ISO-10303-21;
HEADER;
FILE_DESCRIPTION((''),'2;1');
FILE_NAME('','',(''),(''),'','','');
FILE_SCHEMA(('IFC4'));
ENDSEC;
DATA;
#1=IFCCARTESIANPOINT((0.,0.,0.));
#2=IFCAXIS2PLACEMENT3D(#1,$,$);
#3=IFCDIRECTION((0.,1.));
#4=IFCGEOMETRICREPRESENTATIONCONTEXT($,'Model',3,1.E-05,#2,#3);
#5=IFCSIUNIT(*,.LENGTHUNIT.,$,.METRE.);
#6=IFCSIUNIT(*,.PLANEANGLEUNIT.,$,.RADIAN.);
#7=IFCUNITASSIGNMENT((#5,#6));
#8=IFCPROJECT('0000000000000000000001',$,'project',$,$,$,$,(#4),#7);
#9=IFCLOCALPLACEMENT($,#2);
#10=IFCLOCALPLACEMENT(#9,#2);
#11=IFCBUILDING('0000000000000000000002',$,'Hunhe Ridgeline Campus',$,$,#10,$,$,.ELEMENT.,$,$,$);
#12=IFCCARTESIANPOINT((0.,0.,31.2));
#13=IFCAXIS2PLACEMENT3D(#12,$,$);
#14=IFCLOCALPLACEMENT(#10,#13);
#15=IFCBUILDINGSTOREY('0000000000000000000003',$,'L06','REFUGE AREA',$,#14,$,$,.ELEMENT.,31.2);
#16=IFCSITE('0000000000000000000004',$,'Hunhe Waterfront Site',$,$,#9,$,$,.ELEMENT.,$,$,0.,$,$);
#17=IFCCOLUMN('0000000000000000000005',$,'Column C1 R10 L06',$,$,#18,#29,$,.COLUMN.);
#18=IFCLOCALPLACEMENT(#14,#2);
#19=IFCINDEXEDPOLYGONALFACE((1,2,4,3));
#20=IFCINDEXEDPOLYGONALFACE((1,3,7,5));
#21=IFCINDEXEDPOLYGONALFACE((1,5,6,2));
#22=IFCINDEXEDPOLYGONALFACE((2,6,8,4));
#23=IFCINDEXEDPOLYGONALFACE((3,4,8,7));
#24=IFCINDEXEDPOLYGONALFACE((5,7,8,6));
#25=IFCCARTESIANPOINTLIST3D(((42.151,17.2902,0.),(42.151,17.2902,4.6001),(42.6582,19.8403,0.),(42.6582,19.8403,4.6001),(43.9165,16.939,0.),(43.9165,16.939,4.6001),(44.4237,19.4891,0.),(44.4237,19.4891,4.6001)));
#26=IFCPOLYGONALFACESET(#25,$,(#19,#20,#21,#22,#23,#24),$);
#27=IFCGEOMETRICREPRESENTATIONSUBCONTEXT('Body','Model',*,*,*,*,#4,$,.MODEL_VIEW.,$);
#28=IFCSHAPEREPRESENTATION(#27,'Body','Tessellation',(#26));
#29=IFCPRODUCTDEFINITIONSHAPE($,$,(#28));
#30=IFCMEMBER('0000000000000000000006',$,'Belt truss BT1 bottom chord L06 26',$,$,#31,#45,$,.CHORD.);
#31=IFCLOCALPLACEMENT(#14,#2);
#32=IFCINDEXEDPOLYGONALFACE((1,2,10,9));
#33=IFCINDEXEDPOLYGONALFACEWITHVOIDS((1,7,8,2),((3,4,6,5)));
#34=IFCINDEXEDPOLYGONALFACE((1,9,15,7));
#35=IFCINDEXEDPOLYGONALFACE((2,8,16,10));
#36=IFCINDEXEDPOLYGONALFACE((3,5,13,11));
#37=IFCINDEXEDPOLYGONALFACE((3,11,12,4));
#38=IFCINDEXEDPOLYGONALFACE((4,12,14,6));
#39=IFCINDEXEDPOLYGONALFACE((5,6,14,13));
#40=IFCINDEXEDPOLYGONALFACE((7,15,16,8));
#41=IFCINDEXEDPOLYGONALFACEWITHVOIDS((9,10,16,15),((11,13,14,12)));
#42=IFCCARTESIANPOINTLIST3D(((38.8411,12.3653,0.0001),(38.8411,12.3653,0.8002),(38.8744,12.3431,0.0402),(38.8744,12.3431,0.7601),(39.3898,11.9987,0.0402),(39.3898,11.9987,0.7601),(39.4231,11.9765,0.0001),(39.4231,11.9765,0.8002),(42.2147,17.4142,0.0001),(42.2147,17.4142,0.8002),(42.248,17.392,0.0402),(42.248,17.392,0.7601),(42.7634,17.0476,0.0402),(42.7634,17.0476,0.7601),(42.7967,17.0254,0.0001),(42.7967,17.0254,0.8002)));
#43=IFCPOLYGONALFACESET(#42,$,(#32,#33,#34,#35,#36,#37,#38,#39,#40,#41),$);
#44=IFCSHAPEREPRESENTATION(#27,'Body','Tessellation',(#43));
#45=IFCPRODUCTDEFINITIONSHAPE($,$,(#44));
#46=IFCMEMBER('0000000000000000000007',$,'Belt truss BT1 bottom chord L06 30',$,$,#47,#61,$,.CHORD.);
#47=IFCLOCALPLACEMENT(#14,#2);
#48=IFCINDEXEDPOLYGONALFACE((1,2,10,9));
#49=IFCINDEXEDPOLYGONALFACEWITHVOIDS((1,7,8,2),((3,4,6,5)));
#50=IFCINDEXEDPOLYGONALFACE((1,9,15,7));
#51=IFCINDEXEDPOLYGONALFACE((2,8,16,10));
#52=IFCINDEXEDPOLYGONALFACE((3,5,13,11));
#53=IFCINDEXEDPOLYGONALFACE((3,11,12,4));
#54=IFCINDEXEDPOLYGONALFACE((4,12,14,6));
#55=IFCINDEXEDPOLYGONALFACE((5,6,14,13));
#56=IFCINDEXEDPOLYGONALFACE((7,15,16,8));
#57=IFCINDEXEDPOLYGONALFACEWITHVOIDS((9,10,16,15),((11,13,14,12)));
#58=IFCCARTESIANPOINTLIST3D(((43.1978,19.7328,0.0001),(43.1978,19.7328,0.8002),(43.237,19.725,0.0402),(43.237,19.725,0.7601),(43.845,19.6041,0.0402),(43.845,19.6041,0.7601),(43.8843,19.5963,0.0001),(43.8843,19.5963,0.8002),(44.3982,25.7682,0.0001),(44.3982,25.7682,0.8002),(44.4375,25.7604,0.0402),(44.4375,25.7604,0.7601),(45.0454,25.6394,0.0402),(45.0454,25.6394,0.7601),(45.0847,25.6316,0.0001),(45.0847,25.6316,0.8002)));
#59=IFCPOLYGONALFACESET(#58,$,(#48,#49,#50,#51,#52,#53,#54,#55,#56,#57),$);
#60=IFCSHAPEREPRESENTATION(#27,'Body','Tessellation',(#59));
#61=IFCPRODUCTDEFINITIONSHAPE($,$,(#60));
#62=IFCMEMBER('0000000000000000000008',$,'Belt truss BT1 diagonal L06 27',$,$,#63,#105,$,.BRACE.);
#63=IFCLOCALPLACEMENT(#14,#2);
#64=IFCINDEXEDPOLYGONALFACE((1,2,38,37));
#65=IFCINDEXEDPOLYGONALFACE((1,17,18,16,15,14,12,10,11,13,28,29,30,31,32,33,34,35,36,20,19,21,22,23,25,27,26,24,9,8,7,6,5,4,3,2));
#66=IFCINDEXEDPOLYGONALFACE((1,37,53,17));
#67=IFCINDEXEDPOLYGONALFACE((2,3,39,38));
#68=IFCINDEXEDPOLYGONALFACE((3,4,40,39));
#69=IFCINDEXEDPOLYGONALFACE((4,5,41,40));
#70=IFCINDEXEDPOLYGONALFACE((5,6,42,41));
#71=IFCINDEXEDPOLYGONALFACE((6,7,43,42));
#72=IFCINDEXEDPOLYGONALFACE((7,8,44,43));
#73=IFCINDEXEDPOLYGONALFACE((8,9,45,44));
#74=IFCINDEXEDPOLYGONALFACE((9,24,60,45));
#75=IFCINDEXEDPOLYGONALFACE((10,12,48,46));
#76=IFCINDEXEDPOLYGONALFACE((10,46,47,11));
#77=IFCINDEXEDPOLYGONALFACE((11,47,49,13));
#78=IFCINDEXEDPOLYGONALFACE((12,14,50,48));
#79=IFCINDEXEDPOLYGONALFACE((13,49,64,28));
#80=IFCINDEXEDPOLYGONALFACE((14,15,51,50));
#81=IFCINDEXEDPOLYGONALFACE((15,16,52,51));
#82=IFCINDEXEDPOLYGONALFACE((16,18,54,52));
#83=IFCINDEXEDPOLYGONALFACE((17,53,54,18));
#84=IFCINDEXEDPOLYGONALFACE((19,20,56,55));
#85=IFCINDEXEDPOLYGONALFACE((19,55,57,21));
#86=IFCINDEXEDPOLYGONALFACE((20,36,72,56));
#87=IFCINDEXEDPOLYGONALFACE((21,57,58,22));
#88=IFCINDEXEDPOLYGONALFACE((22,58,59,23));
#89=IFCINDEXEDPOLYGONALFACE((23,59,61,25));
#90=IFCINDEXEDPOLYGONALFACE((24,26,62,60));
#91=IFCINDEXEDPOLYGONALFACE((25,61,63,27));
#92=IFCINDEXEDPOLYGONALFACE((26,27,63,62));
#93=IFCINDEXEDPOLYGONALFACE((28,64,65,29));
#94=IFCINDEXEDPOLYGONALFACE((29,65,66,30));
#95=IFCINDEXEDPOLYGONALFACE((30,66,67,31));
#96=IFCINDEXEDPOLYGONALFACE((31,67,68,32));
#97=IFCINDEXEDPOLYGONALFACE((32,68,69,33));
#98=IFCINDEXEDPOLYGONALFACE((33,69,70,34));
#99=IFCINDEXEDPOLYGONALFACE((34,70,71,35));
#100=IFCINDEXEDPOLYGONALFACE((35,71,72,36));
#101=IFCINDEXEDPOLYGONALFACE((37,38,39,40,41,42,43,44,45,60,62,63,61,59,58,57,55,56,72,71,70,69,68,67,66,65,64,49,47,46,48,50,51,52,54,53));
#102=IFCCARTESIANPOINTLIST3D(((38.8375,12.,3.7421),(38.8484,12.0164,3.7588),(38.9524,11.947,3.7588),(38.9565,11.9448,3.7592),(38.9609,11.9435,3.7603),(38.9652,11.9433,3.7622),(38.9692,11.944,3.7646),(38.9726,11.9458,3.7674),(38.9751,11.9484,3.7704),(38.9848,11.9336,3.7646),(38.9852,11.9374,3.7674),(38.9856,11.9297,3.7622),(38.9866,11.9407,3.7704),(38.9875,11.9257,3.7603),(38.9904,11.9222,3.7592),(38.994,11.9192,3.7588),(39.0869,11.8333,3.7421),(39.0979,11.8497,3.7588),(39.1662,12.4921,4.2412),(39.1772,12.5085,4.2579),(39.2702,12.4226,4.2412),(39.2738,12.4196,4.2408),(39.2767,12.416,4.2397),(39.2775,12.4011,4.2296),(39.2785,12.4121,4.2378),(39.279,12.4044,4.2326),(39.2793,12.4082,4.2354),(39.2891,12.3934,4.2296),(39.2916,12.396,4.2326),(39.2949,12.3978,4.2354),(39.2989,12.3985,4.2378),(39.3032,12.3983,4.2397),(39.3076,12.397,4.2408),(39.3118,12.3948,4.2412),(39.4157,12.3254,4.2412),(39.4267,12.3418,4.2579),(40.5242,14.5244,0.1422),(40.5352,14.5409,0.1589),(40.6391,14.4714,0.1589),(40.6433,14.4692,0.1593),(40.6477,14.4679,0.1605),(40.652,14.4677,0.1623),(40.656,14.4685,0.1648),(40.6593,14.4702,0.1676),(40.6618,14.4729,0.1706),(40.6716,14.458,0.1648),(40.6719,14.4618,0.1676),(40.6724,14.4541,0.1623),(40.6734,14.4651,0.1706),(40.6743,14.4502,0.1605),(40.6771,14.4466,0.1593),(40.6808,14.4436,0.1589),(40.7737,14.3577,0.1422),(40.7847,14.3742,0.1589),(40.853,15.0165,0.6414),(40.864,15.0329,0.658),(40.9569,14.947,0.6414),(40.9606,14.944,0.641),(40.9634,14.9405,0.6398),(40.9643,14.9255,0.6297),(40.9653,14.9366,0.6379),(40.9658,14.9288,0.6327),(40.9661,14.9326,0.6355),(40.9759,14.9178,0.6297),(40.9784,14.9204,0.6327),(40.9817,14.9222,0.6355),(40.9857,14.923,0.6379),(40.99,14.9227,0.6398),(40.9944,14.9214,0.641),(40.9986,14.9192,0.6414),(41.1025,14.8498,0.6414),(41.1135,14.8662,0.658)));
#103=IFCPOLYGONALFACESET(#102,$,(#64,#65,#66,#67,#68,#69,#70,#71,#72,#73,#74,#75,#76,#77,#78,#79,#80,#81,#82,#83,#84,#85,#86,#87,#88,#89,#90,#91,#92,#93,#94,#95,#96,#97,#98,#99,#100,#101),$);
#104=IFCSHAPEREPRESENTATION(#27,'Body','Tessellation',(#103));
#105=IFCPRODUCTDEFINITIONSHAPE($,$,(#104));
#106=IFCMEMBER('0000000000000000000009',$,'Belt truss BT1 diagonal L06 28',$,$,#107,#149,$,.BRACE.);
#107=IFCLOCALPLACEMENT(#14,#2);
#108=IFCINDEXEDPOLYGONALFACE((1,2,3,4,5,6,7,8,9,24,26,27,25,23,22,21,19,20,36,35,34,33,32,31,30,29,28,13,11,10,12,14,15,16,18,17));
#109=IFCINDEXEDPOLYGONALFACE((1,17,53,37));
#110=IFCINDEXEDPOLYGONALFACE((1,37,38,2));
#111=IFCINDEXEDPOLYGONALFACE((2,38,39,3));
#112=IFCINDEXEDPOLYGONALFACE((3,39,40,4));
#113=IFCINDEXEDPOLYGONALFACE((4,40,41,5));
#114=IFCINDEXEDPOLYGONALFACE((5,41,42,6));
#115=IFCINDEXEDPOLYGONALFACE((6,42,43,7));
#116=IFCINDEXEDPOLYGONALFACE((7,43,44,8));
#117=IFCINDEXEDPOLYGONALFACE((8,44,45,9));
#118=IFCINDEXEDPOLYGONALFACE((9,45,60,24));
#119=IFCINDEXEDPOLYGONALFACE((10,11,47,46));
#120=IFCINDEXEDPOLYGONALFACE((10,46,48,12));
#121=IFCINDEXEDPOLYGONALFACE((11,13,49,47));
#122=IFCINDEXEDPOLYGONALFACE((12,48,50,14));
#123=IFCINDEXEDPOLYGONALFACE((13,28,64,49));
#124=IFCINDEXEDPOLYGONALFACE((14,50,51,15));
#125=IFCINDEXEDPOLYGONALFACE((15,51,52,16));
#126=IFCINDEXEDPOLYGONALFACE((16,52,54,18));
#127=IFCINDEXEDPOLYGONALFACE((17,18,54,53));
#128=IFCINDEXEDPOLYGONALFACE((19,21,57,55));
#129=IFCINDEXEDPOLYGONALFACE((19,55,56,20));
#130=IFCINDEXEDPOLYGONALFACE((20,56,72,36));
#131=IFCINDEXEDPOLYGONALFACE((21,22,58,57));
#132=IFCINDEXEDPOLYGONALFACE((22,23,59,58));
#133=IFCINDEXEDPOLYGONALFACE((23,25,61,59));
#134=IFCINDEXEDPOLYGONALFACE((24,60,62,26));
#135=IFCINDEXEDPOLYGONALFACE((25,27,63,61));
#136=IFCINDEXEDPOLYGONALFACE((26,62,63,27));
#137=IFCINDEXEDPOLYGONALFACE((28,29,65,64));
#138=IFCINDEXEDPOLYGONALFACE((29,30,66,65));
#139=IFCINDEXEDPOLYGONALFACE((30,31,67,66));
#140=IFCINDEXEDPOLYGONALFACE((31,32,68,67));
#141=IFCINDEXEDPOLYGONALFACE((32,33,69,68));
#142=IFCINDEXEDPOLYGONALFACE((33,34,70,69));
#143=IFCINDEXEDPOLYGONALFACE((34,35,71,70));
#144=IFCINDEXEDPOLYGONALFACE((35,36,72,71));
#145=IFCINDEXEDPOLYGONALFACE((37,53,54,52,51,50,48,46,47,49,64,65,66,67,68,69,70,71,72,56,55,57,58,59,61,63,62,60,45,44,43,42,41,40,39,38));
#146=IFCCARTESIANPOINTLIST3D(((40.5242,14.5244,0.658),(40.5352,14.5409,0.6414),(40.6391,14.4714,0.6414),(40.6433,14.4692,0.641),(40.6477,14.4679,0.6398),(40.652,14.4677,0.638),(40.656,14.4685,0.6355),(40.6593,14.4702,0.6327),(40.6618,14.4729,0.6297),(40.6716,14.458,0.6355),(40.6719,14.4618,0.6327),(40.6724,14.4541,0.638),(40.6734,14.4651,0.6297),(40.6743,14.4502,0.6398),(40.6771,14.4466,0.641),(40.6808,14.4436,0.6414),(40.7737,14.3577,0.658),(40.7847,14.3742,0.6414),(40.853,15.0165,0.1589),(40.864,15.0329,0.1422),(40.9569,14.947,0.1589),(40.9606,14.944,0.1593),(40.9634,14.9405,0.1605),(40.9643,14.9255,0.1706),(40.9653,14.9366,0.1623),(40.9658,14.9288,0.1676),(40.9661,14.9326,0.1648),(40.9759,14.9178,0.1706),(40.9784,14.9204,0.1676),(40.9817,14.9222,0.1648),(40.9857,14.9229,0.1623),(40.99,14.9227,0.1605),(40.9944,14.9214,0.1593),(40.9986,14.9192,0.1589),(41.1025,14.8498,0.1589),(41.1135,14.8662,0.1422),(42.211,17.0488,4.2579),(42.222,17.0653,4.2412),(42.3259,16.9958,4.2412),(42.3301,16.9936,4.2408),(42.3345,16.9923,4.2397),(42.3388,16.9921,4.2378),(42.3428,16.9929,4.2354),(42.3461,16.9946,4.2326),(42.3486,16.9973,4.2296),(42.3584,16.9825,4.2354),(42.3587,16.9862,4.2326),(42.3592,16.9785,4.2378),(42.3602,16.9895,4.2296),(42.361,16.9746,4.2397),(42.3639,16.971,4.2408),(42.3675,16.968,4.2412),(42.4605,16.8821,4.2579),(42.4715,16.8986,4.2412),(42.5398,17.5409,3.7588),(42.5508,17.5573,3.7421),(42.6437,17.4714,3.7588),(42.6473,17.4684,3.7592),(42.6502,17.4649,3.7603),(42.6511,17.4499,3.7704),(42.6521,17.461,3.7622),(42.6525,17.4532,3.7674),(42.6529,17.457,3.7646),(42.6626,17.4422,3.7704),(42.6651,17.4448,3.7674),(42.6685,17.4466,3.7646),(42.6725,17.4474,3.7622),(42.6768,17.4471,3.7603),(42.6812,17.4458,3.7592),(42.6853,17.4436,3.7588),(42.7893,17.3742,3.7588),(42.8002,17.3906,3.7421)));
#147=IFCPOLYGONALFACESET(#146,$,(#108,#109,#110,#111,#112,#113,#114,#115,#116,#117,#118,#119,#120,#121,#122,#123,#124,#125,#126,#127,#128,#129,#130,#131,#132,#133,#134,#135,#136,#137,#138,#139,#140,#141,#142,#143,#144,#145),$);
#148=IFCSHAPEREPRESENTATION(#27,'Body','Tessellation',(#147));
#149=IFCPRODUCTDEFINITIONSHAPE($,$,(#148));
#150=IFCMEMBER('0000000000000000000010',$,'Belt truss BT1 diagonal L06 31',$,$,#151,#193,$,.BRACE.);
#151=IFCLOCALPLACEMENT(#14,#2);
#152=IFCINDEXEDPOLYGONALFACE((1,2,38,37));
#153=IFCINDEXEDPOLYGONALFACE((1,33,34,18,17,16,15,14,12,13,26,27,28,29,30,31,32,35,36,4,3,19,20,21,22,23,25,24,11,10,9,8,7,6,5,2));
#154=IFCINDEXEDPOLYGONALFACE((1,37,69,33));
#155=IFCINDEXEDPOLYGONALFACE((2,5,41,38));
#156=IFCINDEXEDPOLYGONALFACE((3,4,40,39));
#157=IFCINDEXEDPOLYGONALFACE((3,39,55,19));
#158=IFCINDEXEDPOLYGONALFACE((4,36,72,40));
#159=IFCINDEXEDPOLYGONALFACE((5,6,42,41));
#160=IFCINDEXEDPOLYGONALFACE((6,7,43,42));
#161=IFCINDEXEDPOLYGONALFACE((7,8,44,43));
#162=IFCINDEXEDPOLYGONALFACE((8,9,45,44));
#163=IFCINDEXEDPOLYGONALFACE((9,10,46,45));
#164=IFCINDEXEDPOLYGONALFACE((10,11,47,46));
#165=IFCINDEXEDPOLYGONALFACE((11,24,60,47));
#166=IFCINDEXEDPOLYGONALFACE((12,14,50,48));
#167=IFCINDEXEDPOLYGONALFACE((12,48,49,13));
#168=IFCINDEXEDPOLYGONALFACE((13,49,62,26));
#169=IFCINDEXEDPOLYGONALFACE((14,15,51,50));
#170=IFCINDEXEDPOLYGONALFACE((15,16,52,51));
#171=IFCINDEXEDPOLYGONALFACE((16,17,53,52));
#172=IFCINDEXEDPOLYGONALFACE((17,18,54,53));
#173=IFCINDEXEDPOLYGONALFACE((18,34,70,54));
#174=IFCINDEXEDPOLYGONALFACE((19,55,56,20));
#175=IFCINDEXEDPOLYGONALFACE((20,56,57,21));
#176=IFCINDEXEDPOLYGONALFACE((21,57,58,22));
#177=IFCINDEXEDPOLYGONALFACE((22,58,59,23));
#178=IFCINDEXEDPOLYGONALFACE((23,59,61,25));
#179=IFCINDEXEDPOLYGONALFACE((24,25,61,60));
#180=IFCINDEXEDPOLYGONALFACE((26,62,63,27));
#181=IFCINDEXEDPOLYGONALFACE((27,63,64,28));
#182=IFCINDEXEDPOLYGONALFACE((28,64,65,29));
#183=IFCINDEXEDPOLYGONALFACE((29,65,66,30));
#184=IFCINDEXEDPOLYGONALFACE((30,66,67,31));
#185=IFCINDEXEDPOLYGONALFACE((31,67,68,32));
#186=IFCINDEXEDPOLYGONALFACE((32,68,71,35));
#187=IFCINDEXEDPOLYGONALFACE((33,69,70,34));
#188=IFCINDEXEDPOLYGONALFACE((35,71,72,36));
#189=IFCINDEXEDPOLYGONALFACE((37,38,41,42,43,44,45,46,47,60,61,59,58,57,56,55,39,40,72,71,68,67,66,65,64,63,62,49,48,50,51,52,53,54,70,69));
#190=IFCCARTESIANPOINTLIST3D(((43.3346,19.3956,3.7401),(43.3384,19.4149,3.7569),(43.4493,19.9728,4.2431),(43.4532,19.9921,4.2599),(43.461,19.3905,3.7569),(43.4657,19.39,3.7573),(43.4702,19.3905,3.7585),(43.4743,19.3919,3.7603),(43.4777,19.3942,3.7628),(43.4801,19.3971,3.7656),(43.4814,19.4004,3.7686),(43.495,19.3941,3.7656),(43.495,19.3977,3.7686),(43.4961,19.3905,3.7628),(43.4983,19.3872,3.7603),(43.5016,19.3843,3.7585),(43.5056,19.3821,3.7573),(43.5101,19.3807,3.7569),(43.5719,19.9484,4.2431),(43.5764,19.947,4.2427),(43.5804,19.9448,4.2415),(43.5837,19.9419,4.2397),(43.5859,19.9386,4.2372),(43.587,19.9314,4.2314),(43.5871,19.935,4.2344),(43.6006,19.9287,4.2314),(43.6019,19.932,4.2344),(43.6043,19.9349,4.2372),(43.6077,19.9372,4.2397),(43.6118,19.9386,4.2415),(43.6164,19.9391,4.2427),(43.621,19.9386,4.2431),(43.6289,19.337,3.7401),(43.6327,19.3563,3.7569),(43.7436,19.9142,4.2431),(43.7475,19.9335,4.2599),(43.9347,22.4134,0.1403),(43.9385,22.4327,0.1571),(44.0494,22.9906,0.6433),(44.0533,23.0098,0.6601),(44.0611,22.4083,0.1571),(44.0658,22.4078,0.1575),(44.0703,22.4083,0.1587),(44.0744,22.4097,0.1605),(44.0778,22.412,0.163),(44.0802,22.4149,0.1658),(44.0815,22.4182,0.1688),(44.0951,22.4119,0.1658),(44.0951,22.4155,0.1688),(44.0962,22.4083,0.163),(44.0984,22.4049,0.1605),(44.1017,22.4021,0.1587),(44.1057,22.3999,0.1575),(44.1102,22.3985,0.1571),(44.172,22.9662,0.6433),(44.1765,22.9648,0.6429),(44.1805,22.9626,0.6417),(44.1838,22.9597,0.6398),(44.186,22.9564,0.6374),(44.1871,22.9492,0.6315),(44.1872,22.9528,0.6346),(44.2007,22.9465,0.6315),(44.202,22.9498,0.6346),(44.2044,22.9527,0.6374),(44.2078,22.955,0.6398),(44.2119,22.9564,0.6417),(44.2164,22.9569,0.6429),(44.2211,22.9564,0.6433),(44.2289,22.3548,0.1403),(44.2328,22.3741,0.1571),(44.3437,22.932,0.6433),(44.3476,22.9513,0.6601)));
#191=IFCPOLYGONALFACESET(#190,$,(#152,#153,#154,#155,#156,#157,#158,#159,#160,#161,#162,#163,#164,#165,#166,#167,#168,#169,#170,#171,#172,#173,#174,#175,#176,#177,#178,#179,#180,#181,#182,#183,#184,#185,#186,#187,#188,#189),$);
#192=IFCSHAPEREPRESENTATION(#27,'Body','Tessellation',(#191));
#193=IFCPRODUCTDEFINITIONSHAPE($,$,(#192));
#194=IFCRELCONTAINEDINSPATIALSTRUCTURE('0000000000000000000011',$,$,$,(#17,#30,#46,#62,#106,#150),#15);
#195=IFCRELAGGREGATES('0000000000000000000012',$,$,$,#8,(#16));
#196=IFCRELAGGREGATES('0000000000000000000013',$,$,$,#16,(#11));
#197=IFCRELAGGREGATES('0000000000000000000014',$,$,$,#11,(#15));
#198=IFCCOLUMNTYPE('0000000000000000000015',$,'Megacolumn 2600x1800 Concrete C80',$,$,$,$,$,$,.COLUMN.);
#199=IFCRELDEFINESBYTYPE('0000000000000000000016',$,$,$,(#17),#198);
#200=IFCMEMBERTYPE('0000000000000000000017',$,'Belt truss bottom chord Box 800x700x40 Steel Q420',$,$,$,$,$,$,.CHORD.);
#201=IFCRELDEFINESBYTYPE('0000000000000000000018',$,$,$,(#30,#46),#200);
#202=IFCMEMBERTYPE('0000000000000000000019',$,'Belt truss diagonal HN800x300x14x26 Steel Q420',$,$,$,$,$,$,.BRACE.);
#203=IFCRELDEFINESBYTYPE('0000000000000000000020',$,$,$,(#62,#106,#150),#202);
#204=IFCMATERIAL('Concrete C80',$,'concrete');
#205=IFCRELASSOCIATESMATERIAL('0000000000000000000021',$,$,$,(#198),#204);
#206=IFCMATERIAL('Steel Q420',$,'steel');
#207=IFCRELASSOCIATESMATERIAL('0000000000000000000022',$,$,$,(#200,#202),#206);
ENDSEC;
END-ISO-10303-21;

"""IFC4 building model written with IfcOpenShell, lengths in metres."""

from ifc_helpers import new_model, si_unit, direction, frame, origin, origin_2d, place, context, subcontext, project, spatial, rectangle, hollow_rectangle, i_section, extrude, material, material_profile, profile_set, type_object, element, save


model = new_model("IFC4")

# Units and contexts
model_context = context("Model", 3, precision=1e-05, world=origin(), true_north=direction((0.0, 1.0)))
body_context = subcontext(model_context, "Body", "Model", "MODEL_VIEW")
ifc_project = project(units=[si_unit("LENGTHUNIT", "METRE"), si_unit("PLANEANGLEUNIT", "RADIAN")], contexts=[model_context])

# Site, building, storey
site_placement = place(None, origin())
site = spatial("IfcSite", under=ifc_project, at=site_placement, Name="Hunhe Waterfront Site", CompositionType="ELEMENT", RefElevation=0.0)
building_placement = place(site_placement, origin())
building = spatial("IfcBuilding", under=site, at=building_placement, Name="Hunhe Ridgeline Campus", CompositionType="ELEMENT")
storey_placement = place(building_placement, frame((0.0, 0.0, 31.2)))
storey = spatial("IfcBuildingStorey", under=building, at=storey_placement, Name="L06", Description="REFUGE AREA", CompositionType="ELEMENT", Elevation=31.2)

# Column
ifc_material_1 = material(Name="Concrete C80", Category="concrete")
ifc_material_profile_1 = material_profile(ifc_material_1, rectangle(XDim=2.6001, YDim=1.8, at=origin_2d()))
ifc_profile_set_1 = profile_set([ifc_material_profile_1], Name="Concrete C80")
column_type = type_object("IfcColumnType", Name="Megacolumn 2600x1800 Concrete C80", PredefinedType="COLUMN", material=ifc_profile_set_1)
column_placement = place(storey_placement, frame((43.2874, 18.3896, 0.0), z_axis=(0.0, 0.0, 1.0), x_axis=(0.19509, 0.980785, 0.0)))
element("IfcColumn", 1, at=column_placement, inside=storey, type_object=column_type, Name="Column C1 R10 L06", PredefinedType="COLUMN", context=body_context, shape_type="SweptSolid", body=[
    extrude(rectangle(XDim=2.6001, YDim=1.8, at=origin_2d()), origin(), (0.0, 0.0, 1.0), 4.6001),
])

# Members
ifc_material_2 = material(Name="Steel Q420", Category="steel")
ifc_material_profile_2 = material_profile(ifc_material_2, hollow_rectangle(XDim=0.7, YDim=0.8, WallThickness=0.04, at=origin_2d()))
ifc_profile_set_2 = profile_set([ifc_material_profile_2], Name="Steel Q420")
member_type_1 = type_object("IfcMemberType", Name="Belt truss bottom chord Box 800x700x40 Steel Q420", PredefinedType="CHORD", material=ifc_profile_set_2)
member_1_placement = place(storey_placement, frame((39.1321, 12.1709, 0.4001), z_axis=(0.555572, 0.831468, 0.0), x_axis=(-0.831468, 0.555572, 0.0)))
element("IfcMember", 2, at=member_1_placement, inside=storey, type_object=member_type_1, Name="Belt truss BT1 bottom chord L06 26", PredefinedType="CHORD", context=body_context, shape_type="SweptSolid", body=[
    extrude(hollow_rectangle(XDim=0.7, YDim=0.8, WallThickness=0.04, at=origin_2d()), origin(), (0.0, 0.0, 1.0), 6.0723),
])
member_2_placement = place(storey_placement, frame((43.541, 19.6646, 0.4001), z_axis=(0.195078, 0.980788, 0.0), x_axis=(-0.980788, 0.195078, 0.0)))
element("IfcMember", 3, at=member_2_placement, inside=storey, type_object=member_type_1, Name="Belt truss BT1 bottom chord L06 30", PredefinedType="CHORD", context=body_context, shape_type="SweptSolid", body=[
    extrude(hollow_rectangle(XDim=0.7, YDim=0.8, WallThickness=0.04, at=origin_2d()), origin(), (0.0, 0.0, 1.0), 6.1536),
])
ifc_material_profile_3 = material_profile(ifc_material_2, i_section(OverallWidth=0.3, OverallDepth=0.8, WebThickness=0.0139, FlangeThickness=0.0259, FilletRadius=0.0181, at=origin_2d()))
ifc_profile_set_3 = profile_set([ifc_material_profile_3], Name="Steel Q420")
member_type_2 = type_object("IfcMemberType", Name="Belt truss diagonal HN800x300x14x26 Steel Q420", PredefinedType="BRACE", material=ifc_profile_set_3)
for number, where, z_axis, x_axis, name in (
    (4, (39.1321, 12.1709, 4.0), (0.358184, 0.536057, -0.764426), (-0.831468, 0.555572, 0.0), "Belt truss BT1 diagonal L06 27"),
    (5, (40.8188, 14.6953, 0.4001), (0.358184, 0.536057, 0.764426), (-0.831468, 0.555572, 0.0), "Belt truss BT1 diagonal L06 28"),
):
    element("IfcMember", number, at=place(storey_placement, frame(where, z_axis=z_axis, x_axis=x_axis)), inside=storey, type_object=member_type_2, Name=name, PredefinedType="BRACE", context=body_context, shape_type="SweptSolid", body=[
        extrude(i_section(OverallWidth=0.3, OverallDepth=0.8, WebThickness=0.0139, FlangeThickness=0.0259, FilletRadius=0.0181, at=origin_2d()), origin(), (0.0, 0.0, 1.0), 4.7092),
    ])
member_3_placement = place(storey_placement, frame((43.541, 19.6646, 4.0), z_axis=(0.126719, 0.637257, -0.760162), x_axis=(-0.980797, 0.195033, 0.0)))
element("IfcMember", 6, at=member_3_placement, inside=storey, type_object=member_type_2, Name="Belt truss BT1 diagonal L06 31", PredefinedType="BRACE", context=body_context, shape_type="SweptSolid", body=[
    extrude(i_section(OverallWidth=0.3, OverallDepth=0.8, WebThickness=0.0139, FlangeThickness=0.0259, FilletRadius=0.0181, at=origin_2d()), origin(), (0.0, 0.0, 1.0), 4.7356),
])

save(model, "model.ifc")
